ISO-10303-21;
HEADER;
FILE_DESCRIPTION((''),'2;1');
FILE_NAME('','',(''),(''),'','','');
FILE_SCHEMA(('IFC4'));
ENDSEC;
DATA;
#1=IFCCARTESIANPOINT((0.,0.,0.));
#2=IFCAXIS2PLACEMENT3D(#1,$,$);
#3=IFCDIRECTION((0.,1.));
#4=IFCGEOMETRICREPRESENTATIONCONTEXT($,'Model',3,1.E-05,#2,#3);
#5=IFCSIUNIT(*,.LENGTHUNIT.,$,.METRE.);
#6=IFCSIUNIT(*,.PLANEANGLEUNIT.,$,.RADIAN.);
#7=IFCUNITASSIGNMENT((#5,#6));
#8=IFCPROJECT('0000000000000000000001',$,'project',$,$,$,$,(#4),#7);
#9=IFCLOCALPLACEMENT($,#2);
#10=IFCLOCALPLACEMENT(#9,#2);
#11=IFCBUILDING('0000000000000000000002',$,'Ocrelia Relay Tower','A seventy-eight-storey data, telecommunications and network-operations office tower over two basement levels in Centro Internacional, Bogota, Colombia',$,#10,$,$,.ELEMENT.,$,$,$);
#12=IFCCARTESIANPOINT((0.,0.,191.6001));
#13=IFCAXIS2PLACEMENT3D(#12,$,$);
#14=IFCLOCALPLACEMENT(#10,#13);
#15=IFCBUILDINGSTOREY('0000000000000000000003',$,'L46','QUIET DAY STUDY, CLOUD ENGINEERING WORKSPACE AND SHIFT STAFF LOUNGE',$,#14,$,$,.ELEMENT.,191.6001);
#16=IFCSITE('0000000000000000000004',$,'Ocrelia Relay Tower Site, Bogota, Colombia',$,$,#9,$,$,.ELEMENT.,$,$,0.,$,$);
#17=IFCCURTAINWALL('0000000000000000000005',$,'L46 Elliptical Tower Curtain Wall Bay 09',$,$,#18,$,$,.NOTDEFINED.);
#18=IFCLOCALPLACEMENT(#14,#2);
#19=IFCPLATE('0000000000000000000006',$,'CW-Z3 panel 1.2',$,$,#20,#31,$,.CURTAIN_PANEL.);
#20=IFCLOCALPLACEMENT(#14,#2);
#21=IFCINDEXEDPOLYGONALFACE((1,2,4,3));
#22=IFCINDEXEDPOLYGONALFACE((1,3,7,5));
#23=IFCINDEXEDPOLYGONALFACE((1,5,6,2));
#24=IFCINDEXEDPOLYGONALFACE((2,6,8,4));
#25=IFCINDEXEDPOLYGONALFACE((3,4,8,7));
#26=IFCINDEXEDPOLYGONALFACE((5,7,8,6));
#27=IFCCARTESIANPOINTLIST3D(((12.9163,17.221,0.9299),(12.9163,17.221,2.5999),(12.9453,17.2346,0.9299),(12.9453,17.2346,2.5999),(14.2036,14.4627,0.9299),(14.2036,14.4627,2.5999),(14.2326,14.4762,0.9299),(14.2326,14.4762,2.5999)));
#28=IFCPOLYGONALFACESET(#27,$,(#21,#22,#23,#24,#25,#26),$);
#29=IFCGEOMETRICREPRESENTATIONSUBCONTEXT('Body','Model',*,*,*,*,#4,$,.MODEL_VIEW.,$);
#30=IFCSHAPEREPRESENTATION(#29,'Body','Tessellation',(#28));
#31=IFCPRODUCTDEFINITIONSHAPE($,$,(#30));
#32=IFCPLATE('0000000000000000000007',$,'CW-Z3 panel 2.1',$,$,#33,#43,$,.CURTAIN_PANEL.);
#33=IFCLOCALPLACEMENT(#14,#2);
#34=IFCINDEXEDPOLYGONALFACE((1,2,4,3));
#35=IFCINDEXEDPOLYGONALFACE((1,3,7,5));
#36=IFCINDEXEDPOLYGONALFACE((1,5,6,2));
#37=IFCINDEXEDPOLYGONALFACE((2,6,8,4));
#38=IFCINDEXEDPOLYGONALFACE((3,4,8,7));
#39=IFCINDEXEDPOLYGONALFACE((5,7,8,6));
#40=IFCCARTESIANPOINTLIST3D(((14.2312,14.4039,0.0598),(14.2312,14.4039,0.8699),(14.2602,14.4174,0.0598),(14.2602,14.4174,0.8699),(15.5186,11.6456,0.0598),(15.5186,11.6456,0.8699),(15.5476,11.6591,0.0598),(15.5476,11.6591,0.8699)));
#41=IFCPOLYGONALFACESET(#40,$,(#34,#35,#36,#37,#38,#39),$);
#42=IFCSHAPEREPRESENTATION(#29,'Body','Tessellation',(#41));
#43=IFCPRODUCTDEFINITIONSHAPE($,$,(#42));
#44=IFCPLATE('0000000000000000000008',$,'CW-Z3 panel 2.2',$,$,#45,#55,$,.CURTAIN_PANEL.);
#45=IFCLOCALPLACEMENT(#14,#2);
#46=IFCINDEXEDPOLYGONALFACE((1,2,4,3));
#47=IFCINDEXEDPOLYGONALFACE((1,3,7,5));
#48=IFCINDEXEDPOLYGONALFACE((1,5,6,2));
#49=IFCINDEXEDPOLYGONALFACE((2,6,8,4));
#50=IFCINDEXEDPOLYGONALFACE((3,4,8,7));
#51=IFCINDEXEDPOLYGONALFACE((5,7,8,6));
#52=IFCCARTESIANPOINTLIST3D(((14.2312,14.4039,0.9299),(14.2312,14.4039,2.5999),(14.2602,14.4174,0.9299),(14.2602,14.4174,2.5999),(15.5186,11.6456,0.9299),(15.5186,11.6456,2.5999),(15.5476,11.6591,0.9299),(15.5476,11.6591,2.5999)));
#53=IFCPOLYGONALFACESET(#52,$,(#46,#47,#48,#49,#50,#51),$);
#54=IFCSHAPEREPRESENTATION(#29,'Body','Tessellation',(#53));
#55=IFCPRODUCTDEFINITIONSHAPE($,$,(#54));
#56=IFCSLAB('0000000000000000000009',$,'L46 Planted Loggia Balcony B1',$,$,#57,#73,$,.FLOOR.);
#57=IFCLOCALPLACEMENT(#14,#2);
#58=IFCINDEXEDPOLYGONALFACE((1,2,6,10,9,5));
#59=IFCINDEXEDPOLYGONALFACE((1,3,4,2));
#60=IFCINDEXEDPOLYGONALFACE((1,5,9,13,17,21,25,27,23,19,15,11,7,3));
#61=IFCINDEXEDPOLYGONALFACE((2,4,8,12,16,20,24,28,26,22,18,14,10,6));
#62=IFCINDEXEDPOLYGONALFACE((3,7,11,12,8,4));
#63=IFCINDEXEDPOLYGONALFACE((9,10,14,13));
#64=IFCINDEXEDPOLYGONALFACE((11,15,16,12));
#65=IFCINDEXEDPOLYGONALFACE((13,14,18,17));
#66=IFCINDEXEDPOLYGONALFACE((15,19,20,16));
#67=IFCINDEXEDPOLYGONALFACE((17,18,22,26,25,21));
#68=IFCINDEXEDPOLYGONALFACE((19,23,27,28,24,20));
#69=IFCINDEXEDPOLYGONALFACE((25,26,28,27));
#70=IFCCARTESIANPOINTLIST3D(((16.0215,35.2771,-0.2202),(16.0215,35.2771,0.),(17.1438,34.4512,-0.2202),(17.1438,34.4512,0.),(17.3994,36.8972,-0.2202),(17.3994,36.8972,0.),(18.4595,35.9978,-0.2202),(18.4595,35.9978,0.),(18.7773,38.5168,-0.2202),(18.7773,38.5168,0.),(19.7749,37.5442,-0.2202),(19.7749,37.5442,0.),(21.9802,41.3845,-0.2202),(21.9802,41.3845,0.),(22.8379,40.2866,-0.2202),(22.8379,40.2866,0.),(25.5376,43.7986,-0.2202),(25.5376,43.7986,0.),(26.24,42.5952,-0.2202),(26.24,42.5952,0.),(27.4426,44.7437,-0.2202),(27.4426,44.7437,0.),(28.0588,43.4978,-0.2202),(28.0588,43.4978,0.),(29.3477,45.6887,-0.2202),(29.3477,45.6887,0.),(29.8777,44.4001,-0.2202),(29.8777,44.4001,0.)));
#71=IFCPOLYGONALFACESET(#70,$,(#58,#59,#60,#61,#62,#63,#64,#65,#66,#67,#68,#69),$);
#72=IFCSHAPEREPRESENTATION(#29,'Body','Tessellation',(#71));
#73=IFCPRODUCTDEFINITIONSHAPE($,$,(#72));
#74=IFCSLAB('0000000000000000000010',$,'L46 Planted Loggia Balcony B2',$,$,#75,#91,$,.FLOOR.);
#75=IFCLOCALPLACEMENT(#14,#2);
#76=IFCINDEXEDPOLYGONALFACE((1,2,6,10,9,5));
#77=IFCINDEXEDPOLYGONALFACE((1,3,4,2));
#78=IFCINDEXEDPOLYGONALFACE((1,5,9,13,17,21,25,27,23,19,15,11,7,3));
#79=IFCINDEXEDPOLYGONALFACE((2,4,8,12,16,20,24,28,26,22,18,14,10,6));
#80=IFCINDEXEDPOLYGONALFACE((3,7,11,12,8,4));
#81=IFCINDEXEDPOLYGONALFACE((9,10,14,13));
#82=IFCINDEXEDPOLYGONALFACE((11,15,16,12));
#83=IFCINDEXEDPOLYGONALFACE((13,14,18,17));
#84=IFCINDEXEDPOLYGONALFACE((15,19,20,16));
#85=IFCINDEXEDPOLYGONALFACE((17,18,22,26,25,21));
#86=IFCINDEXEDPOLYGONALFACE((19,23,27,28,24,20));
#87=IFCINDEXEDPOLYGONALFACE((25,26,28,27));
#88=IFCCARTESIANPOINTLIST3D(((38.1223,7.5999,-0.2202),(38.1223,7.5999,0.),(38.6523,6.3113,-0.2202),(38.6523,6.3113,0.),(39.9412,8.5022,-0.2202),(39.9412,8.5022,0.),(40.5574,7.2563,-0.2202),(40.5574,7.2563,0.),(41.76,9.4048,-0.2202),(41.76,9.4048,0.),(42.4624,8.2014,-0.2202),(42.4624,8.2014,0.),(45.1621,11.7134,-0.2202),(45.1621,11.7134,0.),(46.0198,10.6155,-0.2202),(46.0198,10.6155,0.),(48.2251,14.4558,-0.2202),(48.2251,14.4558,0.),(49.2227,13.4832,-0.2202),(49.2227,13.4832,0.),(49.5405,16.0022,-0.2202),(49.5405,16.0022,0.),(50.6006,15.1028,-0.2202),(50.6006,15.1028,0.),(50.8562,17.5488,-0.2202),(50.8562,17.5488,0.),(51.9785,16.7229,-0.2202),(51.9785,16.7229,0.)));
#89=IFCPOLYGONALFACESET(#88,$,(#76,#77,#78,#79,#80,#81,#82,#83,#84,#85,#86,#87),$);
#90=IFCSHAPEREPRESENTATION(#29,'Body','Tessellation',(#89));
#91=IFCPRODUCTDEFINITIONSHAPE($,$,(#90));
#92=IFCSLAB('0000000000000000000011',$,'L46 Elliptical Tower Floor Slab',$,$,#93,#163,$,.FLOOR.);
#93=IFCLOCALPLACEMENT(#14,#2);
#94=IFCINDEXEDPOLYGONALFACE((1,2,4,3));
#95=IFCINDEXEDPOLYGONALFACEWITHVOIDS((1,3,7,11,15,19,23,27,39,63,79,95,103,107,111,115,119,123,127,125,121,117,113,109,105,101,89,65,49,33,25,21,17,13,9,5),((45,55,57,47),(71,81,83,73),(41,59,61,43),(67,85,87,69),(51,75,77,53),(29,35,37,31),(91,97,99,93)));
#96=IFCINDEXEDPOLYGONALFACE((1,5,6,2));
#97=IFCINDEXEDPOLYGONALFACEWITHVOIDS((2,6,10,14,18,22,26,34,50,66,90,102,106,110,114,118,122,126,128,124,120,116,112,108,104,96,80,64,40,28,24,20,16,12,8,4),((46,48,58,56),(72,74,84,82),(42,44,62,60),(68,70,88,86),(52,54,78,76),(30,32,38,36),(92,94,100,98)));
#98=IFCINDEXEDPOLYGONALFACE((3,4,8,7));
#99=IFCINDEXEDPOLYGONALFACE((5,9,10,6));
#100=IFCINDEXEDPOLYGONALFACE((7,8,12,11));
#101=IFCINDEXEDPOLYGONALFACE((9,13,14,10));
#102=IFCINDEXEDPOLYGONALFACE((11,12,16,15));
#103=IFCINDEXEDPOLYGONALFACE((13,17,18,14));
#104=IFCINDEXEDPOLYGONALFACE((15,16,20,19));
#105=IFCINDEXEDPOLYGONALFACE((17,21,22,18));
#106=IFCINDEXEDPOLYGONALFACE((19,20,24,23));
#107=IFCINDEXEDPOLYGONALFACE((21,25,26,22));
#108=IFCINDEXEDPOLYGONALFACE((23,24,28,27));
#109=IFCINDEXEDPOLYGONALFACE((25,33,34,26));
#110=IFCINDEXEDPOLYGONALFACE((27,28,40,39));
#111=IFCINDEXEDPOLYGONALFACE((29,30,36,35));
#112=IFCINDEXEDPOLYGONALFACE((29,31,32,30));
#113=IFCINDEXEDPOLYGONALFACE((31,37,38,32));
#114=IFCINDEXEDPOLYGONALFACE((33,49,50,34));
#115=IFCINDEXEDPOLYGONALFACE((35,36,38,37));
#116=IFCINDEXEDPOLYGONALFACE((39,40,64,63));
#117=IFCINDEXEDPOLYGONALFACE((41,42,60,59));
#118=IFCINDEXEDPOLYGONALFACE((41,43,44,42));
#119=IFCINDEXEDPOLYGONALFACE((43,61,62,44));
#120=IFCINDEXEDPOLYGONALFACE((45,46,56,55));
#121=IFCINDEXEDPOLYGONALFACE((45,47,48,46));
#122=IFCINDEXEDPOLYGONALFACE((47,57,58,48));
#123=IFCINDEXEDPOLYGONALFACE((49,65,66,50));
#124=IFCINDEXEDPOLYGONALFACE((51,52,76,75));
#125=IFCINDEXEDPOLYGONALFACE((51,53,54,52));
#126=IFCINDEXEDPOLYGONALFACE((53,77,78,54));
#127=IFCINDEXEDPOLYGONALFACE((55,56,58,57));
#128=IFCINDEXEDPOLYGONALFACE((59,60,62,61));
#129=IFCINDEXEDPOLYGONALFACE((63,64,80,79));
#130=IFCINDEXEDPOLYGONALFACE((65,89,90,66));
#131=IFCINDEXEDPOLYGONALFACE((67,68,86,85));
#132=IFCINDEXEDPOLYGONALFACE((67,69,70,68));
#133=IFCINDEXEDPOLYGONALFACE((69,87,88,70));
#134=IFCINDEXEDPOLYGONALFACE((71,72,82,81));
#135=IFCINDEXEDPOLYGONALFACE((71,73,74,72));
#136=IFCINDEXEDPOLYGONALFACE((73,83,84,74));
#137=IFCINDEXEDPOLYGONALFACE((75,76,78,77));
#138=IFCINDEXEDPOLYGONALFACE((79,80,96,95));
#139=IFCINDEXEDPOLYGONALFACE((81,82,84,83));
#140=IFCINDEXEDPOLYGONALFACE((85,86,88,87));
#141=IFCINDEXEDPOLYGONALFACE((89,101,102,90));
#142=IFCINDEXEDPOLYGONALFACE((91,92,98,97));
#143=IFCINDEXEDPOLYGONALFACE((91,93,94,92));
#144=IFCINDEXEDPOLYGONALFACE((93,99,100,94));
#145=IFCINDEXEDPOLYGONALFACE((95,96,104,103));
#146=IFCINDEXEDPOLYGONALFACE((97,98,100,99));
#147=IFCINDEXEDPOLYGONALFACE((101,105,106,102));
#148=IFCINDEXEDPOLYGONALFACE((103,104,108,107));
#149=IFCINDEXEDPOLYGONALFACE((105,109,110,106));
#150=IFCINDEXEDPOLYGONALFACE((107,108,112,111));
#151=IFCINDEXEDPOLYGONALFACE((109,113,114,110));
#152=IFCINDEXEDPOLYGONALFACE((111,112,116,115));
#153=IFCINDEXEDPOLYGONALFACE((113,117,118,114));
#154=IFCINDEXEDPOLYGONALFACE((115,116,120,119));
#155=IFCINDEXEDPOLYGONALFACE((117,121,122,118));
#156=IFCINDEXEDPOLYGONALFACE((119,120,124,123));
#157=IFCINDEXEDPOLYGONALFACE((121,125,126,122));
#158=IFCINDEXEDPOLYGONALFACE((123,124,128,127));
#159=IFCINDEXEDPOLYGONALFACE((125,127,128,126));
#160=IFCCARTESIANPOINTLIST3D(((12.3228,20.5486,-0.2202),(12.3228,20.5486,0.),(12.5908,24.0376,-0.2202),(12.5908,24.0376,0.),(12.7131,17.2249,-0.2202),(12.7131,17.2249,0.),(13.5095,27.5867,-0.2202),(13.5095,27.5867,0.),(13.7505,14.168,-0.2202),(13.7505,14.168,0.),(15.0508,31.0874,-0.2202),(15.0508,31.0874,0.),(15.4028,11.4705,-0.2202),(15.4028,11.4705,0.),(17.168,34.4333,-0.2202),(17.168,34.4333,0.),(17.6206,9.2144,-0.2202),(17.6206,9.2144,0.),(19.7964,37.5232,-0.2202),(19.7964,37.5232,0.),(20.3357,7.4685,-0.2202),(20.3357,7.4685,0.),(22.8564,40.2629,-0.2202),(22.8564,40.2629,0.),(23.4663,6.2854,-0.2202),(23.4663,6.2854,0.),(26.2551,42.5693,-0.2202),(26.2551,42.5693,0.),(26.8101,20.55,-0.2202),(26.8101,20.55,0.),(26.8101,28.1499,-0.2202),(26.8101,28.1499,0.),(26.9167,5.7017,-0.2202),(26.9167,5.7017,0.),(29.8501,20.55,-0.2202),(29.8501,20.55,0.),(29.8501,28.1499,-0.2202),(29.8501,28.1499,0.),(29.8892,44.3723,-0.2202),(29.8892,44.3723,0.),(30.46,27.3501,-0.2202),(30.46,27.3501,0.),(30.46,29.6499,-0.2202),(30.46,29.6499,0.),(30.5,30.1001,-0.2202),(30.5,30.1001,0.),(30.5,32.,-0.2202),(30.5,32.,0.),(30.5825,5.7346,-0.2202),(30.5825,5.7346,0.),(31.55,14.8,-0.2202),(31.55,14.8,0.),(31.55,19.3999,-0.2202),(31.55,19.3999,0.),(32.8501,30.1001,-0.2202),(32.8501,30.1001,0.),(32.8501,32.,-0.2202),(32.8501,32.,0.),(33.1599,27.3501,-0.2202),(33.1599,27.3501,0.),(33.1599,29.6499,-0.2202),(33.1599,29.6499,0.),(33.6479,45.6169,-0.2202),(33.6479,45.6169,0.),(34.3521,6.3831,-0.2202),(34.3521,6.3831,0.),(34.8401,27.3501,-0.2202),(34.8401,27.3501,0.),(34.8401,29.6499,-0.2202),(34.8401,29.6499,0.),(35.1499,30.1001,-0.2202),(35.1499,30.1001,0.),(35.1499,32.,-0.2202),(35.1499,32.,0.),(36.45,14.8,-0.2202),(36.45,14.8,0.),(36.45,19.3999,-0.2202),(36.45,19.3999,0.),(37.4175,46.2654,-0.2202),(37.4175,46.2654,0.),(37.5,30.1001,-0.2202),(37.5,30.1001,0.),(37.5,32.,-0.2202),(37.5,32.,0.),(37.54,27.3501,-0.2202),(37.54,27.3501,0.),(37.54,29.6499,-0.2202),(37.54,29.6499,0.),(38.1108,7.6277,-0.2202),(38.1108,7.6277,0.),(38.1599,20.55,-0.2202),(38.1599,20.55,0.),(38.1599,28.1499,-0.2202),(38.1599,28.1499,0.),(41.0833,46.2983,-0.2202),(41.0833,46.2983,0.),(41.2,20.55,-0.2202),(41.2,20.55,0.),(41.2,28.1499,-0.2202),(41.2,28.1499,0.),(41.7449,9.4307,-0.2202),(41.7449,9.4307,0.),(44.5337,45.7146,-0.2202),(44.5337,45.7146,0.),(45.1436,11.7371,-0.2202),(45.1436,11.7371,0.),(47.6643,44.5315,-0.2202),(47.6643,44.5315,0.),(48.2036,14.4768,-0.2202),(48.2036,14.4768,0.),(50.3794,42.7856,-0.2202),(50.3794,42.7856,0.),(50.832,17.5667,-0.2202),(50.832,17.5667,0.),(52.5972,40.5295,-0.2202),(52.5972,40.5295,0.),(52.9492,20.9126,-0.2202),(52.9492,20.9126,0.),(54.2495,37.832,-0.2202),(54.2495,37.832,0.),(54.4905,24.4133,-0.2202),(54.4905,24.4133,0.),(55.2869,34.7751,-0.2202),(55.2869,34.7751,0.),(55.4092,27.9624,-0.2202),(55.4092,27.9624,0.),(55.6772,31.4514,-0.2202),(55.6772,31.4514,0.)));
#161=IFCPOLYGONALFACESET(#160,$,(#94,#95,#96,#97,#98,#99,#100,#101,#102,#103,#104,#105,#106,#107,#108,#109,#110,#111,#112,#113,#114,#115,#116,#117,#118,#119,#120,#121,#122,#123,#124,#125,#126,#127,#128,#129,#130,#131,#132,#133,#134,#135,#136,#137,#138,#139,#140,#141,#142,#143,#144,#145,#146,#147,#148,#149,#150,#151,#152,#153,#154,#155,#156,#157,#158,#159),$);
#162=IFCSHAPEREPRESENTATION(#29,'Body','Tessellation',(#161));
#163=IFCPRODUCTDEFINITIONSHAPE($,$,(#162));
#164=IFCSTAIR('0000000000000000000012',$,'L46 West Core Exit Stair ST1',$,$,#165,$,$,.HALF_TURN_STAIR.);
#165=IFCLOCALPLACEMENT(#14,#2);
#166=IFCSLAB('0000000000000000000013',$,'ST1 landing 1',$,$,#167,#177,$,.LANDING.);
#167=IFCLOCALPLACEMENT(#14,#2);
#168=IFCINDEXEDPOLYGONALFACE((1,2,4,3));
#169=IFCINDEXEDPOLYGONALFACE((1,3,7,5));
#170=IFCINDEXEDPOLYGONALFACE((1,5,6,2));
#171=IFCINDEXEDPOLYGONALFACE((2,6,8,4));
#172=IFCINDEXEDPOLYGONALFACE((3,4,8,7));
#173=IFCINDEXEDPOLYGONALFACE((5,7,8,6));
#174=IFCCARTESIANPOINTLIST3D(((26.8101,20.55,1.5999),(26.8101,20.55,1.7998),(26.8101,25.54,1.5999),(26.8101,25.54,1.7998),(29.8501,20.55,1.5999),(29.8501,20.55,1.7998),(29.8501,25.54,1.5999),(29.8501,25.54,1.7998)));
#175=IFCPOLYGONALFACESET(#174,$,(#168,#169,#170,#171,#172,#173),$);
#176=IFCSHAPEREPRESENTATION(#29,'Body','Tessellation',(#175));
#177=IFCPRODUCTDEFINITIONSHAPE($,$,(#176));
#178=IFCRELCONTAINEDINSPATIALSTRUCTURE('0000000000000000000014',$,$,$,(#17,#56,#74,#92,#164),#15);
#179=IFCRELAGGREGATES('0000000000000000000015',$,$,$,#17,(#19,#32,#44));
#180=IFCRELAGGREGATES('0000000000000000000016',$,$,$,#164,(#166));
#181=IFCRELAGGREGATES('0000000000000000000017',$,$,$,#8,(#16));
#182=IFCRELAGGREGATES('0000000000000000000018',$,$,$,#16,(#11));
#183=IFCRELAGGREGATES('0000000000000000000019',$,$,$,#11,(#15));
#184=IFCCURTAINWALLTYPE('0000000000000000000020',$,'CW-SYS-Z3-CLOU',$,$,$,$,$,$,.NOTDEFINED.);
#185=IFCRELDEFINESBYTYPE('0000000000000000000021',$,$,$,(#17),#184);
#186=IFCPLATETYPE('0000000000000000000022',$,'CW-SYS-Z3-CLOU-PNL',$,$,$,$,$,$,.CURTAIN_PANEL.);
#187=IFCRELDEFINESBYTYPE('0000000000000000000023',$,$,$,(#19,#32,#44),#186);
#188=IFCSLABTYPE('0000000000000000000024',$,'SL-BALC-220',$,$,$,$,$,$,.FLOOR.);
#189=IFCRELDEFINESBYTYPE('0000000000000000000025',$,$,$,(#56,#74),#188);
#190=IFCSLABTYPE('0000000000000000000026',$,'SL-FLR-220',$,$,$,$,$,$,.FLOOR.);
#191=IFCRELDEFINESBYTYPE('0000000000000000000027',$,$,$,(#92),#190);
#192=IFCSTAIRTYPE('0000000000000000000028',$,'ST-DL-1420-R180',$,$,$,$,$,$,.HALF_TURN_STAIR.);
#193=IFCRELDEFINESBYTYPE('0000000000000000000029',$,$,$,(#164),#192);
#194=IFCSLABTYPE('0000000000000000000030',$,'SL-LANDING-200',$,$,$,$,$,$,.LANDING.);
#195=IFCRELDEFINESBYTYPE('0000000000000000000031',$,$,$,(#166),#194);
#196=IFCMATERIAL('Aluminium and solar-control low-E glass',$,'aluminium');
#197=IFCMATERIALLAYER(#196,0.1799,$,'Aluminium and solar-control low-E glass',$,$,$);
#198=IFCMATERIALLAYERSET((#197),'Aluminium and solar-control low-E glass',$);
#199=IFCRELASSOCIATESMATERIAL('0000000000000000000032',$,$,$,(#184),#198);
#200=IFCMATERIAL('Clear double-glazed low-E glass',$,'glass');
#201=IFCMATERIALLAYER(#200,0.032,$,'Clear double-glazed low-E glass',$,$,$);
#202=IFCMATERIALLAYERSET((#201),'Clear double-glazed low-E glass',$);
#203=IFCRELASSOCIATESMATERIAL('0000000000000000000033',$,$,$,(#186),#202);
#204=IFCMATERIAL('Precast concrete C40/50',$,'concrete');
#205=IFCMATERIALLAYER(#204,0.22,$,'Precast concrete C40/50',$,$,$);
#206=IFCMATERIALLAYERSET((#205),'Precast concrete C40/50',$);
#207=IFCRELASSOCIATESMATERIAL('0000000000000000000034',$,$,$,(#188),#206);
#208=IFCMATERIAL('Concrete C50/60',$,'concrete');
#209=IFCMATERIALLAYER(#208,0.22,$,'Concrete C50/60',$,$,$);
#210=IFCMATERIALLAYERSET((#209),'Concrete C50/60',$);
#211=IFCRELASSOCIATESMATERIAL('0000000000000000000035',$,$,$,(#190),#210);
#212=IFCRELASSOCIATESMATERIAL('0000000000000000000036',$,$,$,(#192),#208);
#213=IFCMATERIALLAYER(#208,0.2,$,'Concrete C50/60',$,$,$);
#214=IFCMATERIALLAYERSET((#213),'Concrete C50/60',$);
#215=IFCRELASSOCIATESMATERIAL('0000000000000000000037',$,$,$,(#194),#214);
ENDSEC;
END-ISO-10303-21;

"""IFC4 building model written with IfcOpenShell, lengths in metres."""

from ifc_helpers import new_model, si_unit, direction, frame, origin, origin_2d, place, context, subcontext, project, spatial, polyline, rectangle, outline, extrude, material, layer, layer_set, type_object, element, aggregate, save


model = new_model("IFC4")

# Units and contexts
model_context = context("Model", 3, precision=1e-05, world=origin(), true_north=direction((0.0, 1.0)))
body_context = subcontext(model_context, "Body", "Model", "MODEL_VIEW")
ifc_project = project(units=[si_unit("LENGTHUNIT", "METRE"), si_unit("PLANEANGLEUNIT", "RADIAN")], contexts=[model_context])

# Site, building, storey
site_placement = place(None, origin())
site = spatial("IfcSite", under=ifc_project, at=site_placement, Name="Ocrelia Relay Tower Site, Bogota, Colombia", CompositionType="ELEMENT", RefElevation=0.0)
building_placement = place(site_placement, origin())
building = spatial("IfcBuilding", under=site, at=building_placement, Name="Ocrelia Relay Tower", Description="A seventy-eight-storey data, telecommunications and network-operations office tower over two basement levels in Centro Internacional, Bogota, Colombia", CompositionType="ELEMENT")
storey_placement = place(building_placement, frame((0.0, 0.0, 191.6001)))
storey = spatial("IfcBuildingStorey", under=building, at=storey_placement, Name="L46", Description="QUIET DAY STUDY, CLOUD ENGINEERING WORKSPACE AND SHIFT STAFF LOUNGE", CompositionType="ELEMENT", Elevation=191.6001)

# Curtain wall
ifc_material_1 = material(Name="Aluminium and solar-control low-E glass", Category="aluminium")
ifc_layer_1 = layer(ifc_material_1, 0.1799, Name="Aluminium and solar-control low-E glass")
ifc_layer_set_1 = layer_set([ifc_layer_1], Name="Aluminium and solar-control low-E glass")
curtain_wall_type = type_object("IfcCurtainWallType", Name="CW-SYS-Z3-CLOU", PredefinedType="NOTDEFINED", material=ifc_layer_set_1)
curtain_wall_1_placement = place(storey_placement, origin())
curtain_wall_1 = element("IfcCurtainWall", 1, at=curtain_wall_1_placement, inside=storey, type_object=curtain_wall_type, Name="L46 Elliptical Tower Curtain Wall Bay 09", PredefinedType="NOTDEFINED")

# Plates
ifc_material_2 = material(Name="Clear double-glazed low-E glass", Category="glass")
ifc_layer_2 = layer(ifc_material_2, 0.032, Name="Clear double-glazed low-E glass")
ifc_layer_set_2 = layer_set([ifc_layer_2], Name="Clear double-glazed low-E glass")
plate_type = type_object("IfcPlateType", Name="CW-SYS-Z3-CLOU-PNL", PredefinedType="CURTAIN_PANEL", material=ifc_layer_set_2)
plate_1_placement = place(storey_placement, frame((13.5745, 15.8486, 0.9299), z_axis=(0.0, 0.0, 1.0), x_axis=(0.422921, -0.906166, 0.0)))
plate_1 = element("IfcPlate", 2, at=plate_1_placement, type_object=plate_type, Name="CW-Z3 panel 1.2", PredefinedType="CURTAIN_PANEL", context=body_context, shape_type="SweptSolid", body=[
    extrude(rectangle(XDim=3.0439, YDim=0.032, at=origin_2d()), origin(), (0.0, 0.0, 1.0), 1.6699),
])
plate_2_placement = place(storey_placement, frame((14.8894, 13.0315, 0.0598), z_axis=(0.0, 0.0, 1.0), x_axis=(0.422921, -0.906166, 0.0)))
plate_2 = element("IfcPlate", 3, at=plate_2_placement, type_object=plate_type, Name="CW-Z3 panel 2.1", PredefinedType="CURTAIN_PANEL", context=body_context, shape_type="SweptSolid", body=[
    extrude(rectangle(XDim=3.0439, YDim=0.032, at=origin_2d()), origin(), (0.0, 0.0, 1.0), 0.8101),
])
plate_3_placement = place(storey_placement, frame((14.8894, 13.0315, 0.9299), z_axis=(0.0, 0.0, 1.0), x_axis=(0.422921, -0.906166, 0.0)))
plate_3 = element("IfcPlate", 4, at=plate_3_placement, type_object=plate_type, Name="CW-Z3 panel 2.2", PredefinedType="CURTAIN_PANEL", context=body_context, shape_type="SweptSolid", body=[
    extrude(rectangle(XDim=3.0439, YDim=0.032, at=origin_2d()), origin(), (0.0, 0.0, 1.0), 1.6699),
])
aggregate(curtain_wall_1, [plate_1, plate_2, plate_3])

# Slabs
ifc_material_3 = material(Name="Precast concrete C40/50", Category="concrete")
ifc_layer_3 = layer(ifc_material_3, 0.22, Name="Precast concrete C40/50")
ifc_layer_set_3 = layer_set([ifc_layer_3], Name="Precast concrete C40/50")
slab_type_1 = type_object("IfcSlabType", Name="SL-BALC-220", PredefinedType="FLOOR", material=ifc_layer_set_3)
slab_1_placement = place(storey_placement, frame((0.0, 0.0, -0.2202)))
element("IfcSlab", 5, at=slab_1_placement, inside=storey, type_object=slab_type_1, Name="L46 Planted Loggia Balcony B1", PredefinedType="FLOOR", context=body_context, shape_type="SweptSolid", body=[
    extrude(outline(polyline([(29.8777, 44.4001), (28.0588, 43.4978), (26.24, 42.5952), (22.8379, 40.2866), (19.7749, 37.5442), (18.4595, 35.9978), (17.1438, 34.4512), (16.0215, 35.2771), (17.3994, 36.8972), (18.7773, 38.5168), (21.9802, 41.3845), (25.5376, 43.7986), (27.4426, 44.7437), (29.3477, 45.6887), (29.8777, 44.4001)])), origin(), (0.0, 0.0, 1.0), 0.2202),
])
slab_2_placement = place(storey_placement, frame((0.0, 0.0, -0.2202)))
element("IfcSlab", 6, at=slab_2_placement, inside=storey, type_object=slab_type_1, Name="L46 Planted Loggia Balcony B2", PredefinedType="FLOOR", context=body_context, shape_type="SweptSolid", body=[
    extrude(outline(polyline([(38.1223, 7.5999), (39.9412, 8.5022), (41.76, 9.4048), (45.1621, 11.7134), (48.2251, 14.4558), (49.5405, 16.0022), (50.8562, 17.5488), (51.9785, 16.7229), (50.6006, 15.1028), (49.2227, 13.4832), (46.0198, 10.6155), (42.4624, 8.2014), (40.5574, 7.2563), (38.6523, 6.3113), (38.1223, 7.5999)])), origin(), (0.0, 0.0, 1.0), 0.2202),
])
ifc_material_4 = material(Name="Concrete C50/60", Category="concrete")
ifc_layer_4 = layer(ifc_material_4, 0.22, Name="Concrete C50/60")
ifc_layer_set_4 = layer_set([ifc_layer_4], Name="Concrete C50/60")
slab_type_2 = type_object("IfcSlabType", Name="SL-FLR-220", PredefinedType="FLOOR", material=ifc_layer_set_4)
slab_3_placement = place(storey_placement, frame((0.0, 0.0, -0.2202)))
element("IfcSlab", 7, at=slab_3_placement, inside=storey, type_object=slab_type_2, Name="L46 Elliptical Tower Floor Slab", PredefinedType="FLOOR", context=body_context, shape_type="SweptSolid", body=[
    extrude(outline(polyline([(52.5972, 40.5295), (50.3794, 42.7856), (47.6643, 44.5315), (44.5337, 45.7146), (41.0833, 46.2983), (37.4175, 46.2654), (33.6479, 45.6169), (29.8892, 44.3723), (26.2551, 42.5693), (22.8564, 40.2629), (19.7964, 37.5232), (17.168, 34.4333), (15.0508, 31.0874), (13.5095, 27.5867), (12.5908, 24.0376), (12.3228, 20.5486), (12.7131, 17.2249), (13.7505, 14.168), (15.4028, 11.4705), (17.6206, 9.2144), (20.3357, 7.4685), (23.4663, 6.2854), (26.9167, 5.7017), (30.5825, 5.7346), (34.3521, 6.3831), (38.1108, 7.6277), (41.7449, 9.4307), (45.1436, 11.7371), (48.2036, 14.4768), (50.832, 17.5667), (52.9492, 20.9126), (54.4905, 24.4133), (55.4092, 27.9624), (55.6772, 31.4514), (55.2869, 34.7751), (54.2495, 37.832), (52.5972, 40.5295)]), holes=[polyline([(26.8101, 28.1499), (26.8101, 20.55), (29.8501, 20.55), (29.8501, 28.1499), (26.8101, 28.1499)]), polyline([(38.1599, 28.1499), (38.1599, 20.55), (41.2, 20.55), (41.2, 28.1499), (38.1599, 28.1499)]), polyline([(30.46, 27.3501), (33.1599, 27.3501), (33.1599, 29.6499), (30.46, 29.6499), (30.46, 27.3501)]), polyline([(34.8401, 27.3501), (37.54, 27.3501), (37.54, 29.6499), (34.8401, 29.6499), (34.8401, 27.3501)]), polyline([(30.5, 30.1001), (32.8501, 30.1001), (32.8501, 32.0), (30.5, 32.0), (30.5, 30.1001)]), polyline([(35.1499, 30.1001), (37.5, 30.1001), (37.5, 32.0), (35.1499, 32.0), (35.1499, 30.1001)]), polyline([(31.55, 14.8), (36.45, 14.8), (36.45, 19.3999), (31.55, 19.3999), (31.55, 14.8)])]), origin(), (0.0, 0.0, 1.0), 0.2202),
])

# Stair, slab
stair_type = type_object("IfcStairType", Name="ST-DL-1420-R180", PredefinedType="HALF_TURN_STAIR", material=ifc_material_4)
stair_1_placement = place(storey_placement, origin())
stair_1 = element("IfcStair", 8, at=stair_1_placement, inside=storey, type_object=stair_type, Name="L46 West Core Exit Stair ST1", PredefinedType="HALF_TURN_STAIR")
ifc_layer_5 = layer(ifc_material_4, 0.2, Name="Concrete C50/60")
ifc_layer_set_5 = layer_set([ifc_layer_5], Name="Concrete C50/60")
slab_type_3 = type_object("IfcSlabType", Name="SL-LANDING-200", PredefinedType="LANDING", material=ifc_layer_set_5)
slab_4_placement = place(storey_placement, frame((0.0, 0.0, 1.5999)))
slab_4 = element("IfcSlab", 9, at=slab_4_placement, type_object=slab_type_3, Name="ST1 landing 1", PredefinedType="LANDING", context=body_context, shape_type="SweptSolid", body=[
    extrude(outline(polyline([(26.8101, 25.54), (26.8101, 20.55), (29.8501, 20.55), (29.8501, 25.54), (26.8101, 25.54)])), origin(), (0.0, 0.0, 1.0), 0.2),
])
aggregate(stair_1, [slab_4])

save(model, "model.ifc")
